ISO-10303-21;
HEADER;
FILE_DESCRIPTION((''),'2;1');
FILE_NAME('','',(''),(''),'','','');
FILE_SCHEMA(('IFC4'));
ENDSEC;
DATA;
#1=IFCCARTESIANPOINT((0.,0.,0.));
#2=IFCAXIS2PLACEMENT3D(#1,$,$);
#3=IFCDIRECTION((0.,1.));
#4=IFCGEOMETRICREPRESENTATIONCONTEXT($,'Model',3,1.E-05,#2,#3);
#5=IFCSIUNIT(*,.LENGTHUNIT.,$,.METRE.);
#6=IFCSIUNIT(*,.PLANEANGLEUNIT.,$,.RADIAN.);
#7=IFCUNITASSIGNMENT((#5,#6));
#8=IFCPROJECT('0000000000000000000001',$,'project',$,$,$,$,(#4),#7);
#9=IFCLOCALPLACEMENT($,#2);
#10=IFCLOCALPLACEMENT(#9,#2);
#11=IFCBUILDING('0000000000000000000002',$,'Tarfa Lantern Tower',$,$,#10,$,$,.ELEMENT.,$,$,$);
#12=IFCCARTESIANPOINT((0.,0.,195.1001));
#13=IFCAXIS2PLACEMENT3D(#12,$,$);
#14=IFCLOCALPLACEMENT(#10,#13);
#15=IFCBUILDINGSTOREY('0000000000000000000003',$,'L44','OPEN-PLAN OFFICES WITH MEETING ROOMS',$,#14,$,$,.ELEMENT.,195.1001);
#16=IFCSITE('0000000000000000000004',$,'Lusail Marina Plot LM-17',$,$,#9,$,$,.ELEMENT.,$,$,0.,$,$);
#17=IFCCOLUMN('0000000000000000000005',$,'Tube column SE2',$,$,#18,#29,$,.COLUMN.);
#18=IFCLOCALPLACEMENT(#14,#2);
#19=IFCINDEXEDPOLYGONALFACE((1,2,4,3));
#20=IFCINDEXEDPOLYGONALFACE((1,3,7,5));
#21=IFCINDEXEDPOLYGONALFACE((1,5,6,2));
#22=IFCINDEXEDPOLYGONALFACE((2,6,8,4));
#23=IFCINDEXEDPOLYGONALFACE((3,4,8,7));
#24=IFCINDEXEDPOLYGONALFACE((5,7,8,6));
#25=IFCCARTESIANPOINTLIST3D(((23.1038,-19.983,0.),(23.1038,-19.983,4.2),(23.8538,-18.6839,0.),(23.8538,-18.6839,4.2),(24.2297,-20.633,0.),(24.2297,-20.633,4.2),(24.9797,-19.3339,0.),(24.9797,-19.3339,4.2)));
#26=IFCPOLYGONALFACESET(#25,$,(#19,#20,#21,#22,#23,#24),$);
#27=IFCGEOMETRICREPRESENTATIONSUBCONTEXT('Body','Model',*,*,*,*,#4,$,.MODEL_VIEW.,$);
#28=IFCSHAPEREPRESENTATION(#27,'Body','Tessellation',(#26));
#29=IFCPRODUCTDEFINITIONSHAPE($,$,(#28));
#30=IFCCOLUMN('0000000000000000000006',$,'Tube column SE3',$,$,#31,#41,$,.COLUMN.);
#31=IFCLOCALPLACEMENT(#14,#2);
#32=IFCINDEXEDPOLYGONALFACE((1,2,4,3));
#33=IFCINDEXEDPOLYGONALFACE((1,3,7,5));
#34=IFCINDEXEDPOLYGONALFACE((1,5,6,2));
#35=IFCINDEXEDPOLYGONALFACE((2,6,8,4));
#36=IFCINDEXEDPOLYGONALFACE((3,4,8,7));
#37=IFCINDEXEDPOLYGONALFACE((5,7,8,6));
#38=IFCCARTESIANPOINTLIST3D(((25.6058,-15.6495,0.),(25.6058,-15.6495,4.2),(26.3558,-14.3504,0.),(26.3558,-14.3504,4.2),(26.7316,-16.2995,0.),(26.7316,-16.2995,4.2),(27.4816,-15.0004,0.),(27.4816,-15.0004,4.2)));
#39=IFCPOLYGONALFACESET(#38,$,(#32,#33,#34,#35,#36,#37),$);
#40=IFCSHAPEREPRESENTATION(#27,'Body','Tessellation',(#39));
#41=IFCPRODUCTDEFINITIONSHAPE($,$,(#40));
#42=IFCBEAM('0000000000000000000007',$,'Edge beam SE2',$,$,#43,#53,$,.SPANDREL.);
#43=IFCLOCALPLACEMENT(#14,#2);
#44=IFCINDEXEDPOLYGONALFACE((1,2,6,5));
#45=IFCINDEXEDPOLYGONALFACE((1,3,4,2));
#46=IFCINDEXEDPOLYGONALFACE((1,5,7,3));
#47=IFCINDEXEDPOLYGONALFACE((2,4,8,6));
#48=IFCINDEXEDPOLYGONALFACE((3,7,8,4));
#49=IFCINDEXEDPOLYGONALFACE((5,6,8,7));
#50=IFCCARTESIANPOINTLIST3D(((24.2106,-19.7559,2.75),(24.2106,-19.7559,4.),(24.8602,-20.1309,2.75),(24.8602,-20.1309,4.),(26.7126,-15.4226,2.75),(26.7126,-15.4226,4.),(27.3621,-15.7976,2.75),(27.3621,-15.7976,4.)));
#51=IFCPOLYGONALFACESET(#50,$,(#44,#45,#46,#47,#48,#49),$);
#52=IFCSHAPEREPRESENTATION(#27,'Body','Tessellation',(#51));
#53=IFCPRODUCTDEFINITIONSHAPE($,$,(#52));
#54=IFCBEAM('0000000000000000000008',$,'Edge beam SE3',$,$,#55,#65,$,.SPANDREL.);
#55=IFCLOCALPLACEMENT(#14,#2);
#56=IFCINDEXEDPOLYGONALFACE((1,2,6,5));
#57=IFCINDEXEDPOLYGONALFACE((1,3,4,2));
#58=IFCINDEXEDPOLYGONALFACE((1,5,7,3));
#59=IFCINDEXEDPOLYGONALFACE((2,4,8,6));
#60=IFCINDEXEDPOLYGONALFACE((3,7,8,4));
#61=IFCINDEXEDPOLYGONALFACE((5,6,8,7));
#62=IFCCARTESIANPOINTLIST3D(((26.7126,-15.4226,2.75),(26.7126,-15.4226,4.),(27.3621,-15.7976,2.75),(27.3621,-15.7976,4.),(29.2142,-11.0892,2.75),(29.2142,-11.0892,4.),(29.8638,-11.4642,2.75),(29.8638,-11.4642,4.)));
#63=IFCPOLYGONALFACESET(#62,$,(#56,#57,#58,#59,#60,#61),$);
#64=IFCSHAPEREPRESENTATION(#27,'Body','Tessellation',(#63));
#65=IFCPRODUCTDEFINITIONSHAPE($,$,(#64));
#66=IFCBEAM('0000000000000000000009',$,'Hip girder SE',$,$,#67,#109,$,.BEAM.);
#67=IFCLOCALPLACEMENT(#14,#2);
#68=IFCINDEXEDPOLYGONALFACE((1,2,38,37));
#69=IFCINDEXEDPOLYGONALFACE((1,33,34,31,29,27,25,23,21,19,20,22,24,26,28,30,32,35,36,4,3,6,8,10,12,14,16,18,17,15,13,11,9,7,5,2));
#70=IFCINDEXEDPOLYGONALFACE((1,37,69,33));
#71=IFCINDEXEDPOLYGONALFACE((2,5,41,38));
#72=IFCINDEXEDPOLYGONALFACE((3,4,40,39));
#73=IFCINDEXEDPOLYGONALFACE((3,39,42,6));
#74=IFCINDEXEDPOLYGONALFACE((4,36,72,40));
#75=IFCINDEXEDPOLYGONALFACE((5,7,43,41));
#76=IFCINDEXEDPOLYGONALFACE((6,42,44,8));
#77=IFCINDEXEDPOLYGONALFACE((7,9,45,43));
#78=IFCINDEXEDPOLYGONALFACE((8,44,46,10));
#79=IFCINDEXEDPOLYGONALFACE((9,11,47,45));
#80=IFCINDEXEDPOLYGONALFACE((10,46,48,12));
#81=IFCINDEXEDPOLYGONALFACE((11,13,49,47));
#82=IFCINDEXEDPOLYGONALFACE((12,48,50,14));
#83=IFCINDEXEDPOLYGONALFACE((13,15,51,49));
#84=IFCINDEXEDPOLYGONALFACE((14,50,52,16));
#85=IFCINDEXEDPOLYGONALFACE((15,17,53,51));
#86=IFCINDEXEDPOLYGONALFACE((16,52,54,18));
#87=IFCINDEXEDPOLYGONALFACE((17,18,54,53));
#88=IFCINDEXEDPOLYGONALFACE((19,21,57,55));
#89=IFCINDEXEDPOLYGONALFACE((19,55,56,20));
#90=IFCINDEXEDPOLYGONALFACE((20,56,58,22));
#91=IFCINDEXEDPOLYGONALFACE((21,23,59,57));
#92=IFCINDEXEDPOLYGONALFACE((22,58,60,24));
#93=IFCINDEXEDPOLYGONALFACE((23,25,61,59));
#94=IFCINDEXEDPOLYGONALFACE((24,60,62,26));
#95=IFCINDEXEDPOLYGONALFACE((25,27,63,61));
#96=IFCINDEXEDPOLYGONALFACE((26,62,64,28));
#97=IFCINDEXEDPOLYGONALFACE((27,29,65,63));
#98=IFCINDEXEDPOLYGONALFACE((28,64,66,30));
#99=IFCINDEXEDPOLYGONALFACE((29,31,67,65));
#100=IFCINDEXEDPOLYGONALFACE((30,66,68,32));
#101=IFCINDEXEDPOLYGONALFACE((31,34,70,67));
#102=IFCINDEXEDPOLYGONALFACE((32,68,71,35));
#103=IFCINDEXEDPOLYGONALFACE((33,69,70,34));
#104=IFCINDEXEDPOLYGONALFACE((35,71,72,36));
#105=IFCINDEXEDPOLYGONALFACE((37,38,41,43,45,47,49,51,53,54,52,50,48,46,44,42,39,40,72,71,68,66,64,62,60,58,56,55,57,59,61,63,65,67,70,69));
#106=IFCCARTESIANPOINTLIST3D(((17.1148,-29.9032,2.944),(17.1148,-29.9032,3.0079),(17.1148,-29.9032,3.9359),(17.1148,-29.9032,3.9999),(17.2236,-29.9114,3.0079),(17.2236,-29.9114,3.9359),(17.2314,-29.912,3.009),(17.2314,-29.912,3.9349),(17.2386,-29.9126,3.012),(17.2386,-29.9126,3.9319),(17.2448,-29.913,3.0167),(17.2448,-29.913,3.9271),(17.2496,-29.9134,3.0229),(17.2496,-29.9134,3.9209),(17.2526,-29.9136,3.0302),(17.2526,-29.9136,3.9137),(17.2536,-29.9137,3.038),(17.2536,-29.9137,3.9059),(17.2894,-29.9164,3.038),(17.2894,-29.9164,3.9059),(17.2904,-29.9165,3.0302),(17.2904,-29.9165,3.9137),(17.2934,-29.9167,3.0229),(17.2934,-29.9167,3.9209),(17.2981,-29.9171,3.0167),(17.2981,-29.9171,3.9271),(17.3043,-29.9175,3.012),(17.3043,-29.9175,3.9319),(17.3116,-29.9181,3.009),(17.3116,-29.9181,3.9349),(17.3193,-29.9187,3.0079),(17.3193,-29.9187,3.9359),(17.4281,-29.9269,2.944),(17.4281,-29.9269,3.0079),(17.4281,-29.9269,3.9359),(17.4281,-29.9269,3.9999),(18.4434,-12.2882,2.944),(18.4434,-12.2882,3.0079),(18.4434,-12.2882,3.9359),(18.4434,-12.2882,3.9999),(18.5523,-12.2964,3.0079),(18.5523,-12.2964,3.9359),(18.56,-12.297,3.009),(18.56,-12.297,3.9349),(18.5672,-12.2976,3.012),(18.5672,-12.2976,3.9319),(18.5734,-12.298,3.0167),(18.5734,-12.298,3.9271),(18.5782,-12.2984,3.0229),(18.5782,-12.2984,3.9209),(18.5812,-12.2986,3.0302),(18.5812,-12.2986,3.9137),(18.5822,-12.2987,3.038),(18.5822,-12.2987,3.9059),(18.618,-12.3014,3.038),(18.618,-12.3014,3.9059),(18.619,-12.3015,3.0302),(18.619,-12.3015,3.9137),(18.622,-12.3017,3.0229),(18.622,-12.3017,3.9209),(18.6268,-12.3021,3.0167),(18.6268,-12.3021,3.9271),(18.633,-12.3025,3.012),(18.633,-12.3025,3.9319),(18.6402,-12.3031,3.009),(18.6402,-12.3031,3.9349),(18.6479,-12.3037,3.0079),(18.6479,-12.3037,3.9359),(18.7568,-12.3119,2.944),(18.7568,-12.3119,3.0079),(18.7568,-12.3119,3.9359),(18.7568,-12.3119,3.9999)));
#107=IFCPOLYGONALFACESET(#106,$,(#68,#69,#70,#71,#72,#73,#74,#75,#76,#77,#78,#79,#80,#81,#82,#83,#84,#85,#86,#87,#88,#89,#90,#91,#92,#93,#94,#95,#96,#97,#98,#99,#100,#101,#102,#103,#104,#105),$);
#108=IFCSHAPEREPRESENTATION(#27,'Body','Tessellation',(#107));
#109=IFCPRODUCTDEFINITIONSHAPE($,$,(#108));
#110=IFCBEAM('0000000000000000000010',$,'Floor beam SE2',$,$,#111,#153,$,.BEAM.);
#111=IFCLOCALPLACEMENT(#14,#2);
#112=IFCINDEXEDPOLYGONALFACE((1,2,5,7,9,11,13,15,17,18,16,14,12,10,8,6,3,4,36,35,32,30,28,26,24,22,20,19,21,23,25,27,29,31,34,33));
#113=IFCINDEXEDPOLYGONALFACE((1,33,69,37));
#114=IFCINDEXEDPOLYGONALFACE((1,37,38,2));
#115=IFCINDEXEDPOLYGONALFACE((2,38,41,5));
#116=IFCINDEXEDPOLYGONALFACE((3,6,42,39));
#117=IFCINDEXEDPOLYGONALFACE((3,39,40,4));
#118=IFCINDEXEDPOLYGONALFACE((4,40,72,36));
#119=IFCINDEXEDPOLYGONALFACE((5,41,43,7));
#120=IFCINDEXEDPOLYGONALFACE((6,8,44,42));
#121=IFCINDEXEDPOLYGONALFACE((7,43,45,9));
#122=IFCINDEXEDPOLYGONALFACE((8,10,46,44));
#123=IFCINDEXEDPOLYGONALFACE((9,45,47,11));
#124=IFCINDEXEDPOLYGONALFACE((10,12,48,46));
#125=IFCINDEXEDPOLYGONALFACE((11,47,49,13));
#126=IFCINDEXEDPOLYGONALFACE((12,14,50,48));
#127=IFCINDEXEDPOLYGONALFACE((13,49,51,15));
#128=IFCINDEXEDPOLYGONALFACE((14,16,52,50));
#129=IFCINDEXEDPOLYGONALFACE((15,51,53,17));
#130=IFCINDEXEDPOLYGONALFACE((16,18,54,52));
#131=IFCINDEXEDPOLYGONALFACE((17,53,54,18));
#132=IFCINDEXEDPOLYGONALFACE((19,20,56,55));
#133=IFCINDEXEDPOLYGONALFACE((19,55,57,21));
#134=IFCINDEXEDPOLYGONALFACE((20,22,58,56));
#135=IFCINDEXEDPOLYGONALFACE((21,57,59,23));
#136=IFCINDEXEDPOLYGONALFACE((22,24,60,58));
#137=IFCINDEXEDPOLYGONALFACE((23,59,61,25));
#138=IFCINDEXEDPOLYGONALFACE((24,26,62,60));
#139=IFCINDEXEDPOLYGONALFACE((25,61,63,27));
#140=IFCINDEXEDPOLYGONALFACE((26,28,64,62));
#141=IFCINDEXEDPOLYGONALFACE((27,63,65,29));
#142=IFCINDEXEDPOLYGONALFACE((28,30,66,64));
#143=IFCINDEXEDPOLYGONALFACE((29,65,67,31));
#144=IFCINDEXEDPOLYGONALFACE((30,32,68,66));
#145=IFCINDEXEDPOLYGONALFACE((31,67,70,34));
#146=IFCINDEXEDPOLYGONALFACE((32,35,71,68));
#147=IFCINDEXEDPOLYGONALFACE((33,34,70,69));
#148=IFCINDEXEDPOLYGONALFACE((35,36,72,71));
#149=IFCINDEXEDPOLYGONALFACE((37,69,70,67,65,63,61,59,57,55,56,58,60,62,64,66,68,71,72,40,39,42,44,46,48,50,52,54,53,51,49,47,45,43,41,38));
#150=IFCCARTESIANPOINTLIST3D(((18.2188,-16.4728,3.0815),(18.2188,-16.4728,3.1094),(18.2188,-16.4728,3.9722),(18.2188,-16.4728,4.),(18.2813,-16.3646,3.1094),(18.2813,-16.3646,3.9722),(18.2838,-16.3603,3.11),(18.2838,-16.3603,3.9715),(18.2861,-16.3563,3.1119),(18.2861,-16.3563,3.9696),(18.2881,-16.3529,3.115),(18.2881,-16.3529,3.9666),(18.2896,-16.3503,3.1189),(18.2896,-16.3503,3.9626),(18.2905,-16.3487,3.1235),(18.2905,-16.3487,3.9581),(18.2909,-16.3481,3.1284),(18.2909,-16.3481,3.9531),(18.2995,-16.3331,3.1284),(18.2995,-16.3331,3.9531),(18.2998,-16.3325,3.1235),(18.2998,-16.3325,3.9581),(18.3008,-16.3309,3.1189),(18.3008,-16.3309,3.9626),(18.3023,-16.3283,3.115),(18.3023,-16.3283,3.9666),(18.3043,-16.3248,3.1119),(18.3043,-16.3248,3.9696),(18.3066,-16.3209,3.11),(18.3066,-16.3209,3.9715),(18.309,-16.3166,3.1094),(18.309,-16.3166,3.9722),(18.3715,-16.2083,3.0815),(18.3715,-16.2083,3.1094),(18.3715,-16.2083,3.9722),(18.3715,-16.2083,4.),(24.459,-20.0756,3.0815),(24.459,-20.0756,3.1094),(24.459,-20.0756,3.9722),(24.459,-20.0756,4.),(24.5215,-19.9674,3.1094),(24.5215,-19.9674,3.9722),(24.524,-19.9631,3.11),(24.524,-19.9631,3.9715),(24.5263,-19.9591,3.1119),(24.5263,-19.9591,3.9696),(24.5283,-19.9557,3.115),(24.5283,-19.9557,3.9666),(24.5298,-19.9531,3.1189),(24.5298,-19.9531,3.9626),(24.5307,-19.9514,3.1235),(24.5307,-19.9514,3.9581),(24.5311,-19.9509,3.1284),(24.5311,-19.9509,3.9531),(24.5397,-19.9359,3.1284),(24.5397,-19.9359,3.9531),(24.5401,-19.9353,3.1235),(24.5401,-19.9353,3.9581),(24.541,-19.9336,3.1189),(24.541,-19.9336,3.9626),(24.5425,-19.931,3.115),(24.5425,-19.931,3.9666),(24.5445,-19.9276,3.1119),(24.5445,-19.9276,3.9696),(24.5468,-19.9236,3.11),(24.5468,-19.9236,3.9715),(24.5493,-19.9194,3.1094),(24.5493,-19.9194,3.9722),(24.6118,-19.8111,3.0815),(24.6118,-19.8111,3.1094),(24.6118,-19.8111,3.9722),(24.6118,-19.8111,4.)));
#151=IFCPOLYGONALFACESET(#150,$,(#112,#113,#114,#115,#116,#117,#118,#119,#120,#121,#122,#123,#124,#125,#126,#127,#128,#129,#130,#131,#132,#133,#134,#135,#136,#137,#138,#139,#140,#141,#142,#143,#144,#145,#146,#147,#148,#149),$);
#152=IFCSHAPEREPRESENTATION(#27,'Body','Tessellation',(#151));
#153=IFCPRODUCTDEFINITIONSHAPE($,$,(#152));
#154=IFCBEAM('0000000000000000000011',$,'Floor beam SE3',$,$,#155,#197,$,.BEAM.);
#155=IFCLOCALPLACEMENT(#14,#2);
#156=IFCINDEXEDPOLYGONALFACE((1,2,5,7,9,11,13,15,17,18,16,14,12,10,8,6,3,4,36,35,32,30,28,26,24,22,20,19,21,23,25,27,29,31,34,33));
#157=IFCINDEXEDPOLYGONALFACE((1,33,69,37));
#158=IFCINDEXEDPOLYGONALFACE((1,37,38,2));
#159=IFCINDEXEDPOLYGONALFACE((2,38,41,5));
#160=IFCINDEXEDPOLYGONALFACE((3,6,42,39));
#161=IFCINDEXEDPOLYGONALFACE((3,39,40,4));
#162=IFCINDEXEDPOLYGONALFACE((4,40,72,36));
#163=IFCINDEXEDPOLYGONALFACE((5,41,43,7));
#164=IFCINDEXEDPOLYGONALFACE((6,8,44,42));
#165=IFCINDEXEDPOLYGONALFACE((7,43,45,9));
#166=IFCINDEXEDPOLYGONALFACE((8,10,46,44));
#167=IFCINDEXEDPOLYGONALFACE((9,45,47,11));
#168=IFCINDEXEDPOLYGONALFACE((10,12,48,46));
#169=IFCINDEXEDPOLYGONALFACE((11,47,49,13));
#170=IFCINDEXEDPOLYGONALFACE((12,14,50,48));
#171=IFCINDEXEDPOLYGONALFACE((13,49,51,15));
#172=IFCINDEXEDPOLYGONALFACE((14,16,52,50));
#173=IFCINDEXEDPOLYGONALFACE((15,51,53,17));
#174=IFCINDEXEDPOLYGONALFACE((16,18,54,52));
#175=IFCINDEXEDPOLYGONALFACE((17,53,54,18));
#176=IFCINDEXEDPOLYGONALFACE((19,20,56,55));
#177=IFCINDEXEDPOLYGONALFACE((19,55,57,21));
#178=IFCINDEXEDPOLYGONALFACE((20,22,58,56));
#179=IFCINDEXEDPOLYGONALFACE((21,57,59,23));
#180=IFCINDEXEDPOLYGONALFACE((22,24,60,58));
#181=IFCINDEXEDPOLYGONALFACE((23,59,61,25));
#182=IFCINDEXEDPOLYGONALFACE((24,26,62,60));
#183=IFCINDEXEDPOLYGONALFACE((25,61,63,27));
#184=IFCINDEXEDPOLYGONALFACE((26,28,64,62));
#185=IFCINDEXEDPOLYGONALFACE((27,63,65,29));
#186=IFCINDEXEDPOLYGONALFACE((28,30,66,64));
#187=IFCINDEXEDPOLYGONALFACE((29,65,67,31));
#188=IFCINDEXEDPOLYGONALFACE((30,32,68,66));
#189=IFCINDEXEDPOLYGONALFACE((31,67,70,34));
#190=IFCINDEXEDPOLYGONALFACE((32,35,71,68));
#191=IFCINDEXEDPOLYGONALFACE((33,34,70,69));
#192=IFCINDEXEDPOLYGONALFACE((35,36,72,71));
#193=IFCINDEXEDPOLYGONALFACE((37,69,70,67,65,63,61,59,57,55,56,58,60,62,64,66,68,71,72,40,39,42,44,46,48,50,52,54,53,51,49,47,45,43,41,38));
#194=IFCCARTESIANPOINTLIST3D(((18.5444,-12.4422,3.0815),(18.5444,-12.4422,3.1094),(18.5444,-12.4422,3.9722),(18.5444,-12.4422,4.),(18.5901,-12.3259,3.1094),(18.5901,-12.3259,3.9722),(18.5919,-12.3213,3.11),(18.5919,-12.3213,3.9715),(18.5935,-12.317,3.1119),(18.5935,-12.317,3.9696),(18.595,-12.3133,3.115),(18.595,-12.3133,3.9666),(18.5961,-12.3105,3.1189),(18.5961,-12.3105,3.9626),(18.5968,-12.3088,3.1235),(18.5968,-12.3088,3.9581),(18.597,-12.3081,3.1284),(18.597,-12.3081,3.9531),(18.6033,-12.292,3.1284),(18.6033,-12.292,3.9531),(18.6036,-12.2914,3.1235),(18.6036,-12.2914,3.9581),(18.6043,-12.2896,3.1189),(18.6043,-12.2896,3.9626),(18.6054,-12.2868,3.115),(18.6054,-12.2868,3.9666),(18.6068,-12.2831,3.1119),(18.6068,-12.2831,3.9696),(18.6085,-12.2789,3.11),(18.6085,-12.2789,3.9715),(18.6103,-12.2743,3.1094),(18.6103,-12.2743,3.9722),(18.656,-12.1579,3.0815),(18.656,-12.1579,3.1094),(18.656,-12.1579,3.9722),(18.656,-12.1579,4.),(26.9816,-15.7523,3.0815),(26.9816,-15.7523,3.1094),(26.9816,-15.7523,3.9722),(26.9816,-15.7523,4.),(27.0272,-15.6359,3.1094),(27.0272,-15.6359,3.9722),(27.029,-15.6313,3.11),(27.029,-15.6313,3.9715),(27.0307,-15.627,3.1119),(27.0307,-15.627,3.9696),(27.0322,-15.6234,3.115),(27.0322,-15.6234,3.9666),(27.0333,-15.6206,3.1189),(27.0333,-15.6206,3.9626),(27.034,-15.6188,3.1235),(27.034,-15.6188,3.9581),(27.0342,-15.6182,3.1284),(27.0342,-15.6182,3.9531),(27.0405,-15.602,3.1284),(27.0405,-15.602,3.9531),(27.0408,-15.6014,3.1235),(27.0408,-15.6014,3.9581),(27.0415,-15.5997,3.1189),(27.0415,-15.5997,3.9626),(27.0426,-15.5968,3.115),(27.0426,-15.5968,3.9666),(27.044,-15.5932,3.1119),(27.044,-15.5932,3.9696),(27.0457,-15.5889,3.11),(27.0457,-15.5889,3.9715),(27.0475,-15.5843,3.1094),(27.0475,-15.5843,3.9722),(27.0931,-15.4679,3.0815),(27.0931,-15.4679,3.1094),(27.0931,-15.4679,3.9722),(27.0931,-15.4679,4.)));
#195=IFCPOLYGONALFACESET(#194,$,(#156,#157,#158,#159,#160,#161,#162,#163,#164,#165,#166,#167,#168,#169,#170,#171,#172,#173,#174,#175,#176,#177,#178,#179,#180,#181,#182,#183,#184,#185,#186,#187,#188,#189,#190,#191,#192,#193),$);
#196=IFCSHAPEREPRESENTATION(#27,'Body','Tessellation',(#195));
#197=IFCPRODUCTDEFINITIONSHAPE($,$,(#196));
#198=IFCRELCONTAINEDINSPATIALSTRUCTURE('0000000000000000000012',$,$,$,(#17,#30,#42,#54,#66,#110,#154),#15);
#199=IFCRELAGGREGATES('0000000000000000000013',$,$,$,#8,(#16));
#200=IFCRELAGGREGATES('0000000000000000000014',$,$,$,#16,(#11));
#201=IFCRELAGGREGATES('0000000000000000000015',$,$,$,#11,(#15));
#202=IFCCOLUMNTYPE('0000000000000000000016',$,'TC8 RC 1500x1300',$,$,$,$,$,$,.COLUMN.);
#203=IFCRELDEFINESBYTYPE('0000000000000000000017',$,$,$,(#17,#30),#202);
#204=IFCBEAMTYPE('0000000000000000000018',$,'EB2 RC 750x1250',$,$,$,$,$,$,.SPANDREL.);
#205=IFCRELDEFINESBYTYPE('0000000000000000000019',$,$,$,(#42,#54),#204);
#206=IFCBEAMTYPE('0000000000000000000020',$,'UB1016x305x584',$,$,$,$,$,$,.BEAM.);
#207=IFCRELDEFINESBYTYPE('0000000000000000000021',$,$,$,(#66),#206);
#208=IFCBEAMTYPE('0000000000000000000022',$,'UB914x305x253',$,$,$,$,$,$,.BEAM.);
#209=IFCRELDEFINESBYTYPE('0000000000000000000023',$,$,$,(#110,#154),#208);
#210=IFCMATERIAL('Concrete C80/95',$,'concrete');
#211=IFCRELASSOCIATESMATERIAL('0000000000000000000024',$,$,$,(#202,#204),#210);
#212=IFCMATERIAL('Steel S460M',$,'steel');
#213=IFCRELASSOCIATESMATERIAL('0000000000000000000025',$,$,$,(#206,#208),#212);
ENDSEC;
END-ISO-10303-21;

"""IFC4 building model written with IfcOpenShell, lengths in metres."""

from ifc_helpers import new_model, si_unit, direction, frame, origin, origin_2d, place, context, subcontext, project, spatial, rectangle, i_section, extrude, material, material_profile, profile_set, type_object, element, save


model = new_model("IFC4")

# Units and contexts
model_context = context("Model", 3, precision=1e-05, world=origin(), true_north=direction((0.0, 1.0)))
body_context = subcontext(model_context, "Body", "Model", "MODEL_VIEW")
ifc_project = project(units=[si_unit("LENGTHUNIT", "METRE"), si_unit("PLANEANGLEUNIT", "RADIAN")], contexts=[model_context])

# Site, building, storey
site_placement = place(None, origin())
site = spatial("IfcSite", under=ifc_project, at=site_placement, Name="Lusail Marina Plot LM-17", CompositionType="ELEMENT", RefElevation=0.0)
building_placement = place(site_placement, origin())
building = spatial("IfcBuilding", under=site, at=building_placement, Name="Tarfa Lantern Tower", CompositionType="ELEMENT")
storey_placement = place(building_placement, frame((0.0, 0.0, 195.1001)))
storey = spatial("IfcBuildingStorey", under=building, at=storey_placement, Name="L44", Description="OPEN-PLAN OFFICES WITH MEETING ROOMS", CompositionType="ELEMENT", Elevation=195.1001)

# Columns
ifc_material_1 = material(Name="Concrete C80/95", Category="concrete")
ifc_material_profile_1 = material_profile(ifc_material_1, rectangle(XDim=1.5, YDim=1.3, at=origin_2d()), Name="RC 1500x1300")
ifc_profile_set_1 = profile_set([ifc_material_profile_1], Name="Concrete C80/95")
column_type = type_object("IfcColumnType", Name="TC8 RC 1500x1300", PredefinedType="COLUMN", material=ifc_profile_set_1)
for number, where, z_axis, x_axis, name in (
    (1, (24.0417, -19.6584, 0.0), (0.0, 0.0, 1.0), (0.5, 0.866025, 0.0), "Tube column SE2"),
    (2, (26.5437, -15.325, 0.0), (0.0, 0.0, 1.0), (0.5, 0.866025, 0.0), "Tube column SE3"),
):
    element("IfcColumn", number, at=place(storey_placement, frame(where, z_axis=z_axis, x_axis=x_axis)), inside=storey, type_object=column_type, Name=name, PredefinedType="COLUMN", context=body_context, shape_type="SweptSolid", body=[
        extrude(rectangle(XDim=1.5, YDim=1.3, at=origin_2d()), origin(), (0.0, 0.0, 1.0), 4.2),
    ])

# Beams
ifc_material_profile_2 = material_profile(ifc_material_1, rectangle(XDim=0.75, YDim=1.25, at=origin_2d()), Name="RC 750x1250")
ifc_profile_set_2 = profile_set([ifc_material_profile_2], Name="Concrete C80/95")
beam_type_1 = type_object("IfcBeamType", Name="EB2 RC 750x1250", PredefinedType="SPANDREL", material=ifc_profile_set_2)
for number, where, z_axis, x_axis, name in (
    (3, (24.5354, -19.9434, 3.375), (0.500022, 0.866013, 0.0), (-0.866013, 0.500022, 0.0), "Edge beam SE2"),
    (4, (27.0374, -15.6101, 3.375), (0.499965, 0.866046, 0.0), (-0.866046, 0.499965, 0.0), "Edge beam SE3"),
):
    element("IfcBeam", number, at=place(storey_placement, frame(where, z_axis=z_axis, x_axis=x_axis)), inside=storey, type_object=beam_type_1, Name=name, PredefinedType="SPANDREL", context=body_context, shape_type="SweptSolid", body=[
        extrude(rectangle(XDim=0.75, YDim=1.25, at=origin_2d()), origin(), (0.0, 0.0, 1.0), 5.0037),
    ])
ifc_material_2 = material(Name="Steel S460M", Category="steel")
ifc_material_profile_3 = material_profile(ifc_material_2, i_section(OverallWidth=0.3142, OverallDepth=1.0559, WebThickness=0.0359, FlangeThickness=0.064, FilletRadius=0.03, at=origin_2d()), Name="UB1016x305x584")
ifc_profile_set_3 = profile_set([ifc_material_profile_3], Name="Steel S460M")
beam_type_2 = type_object("IfcBeamType", Name="UB1016x305x584", PredefinedType="BEAM", material=ifc_profile_set_3)
beam_1_placement = place(storey_placement, frame((18.6001, -12.3, 3.4719), z_axis=(-0.075212, -0.997168, 0.0), x_axis=(0.997168, -0.075212, 0.0)))
element("IfcBeam", 5, at=beam_1_placement, inside=storey, type_object=beam_type_2, Name="Hip girder SE", PredefinedType="BEAM", context=body_context, shape_type="SweptSolid", body=[
    extrude(i_section(OverallWidth=0.3142, OverallDepth=1.0559, WebThickness=0.0359, FlangeThickness=0.064, FilletRadius=0.03, at=origin_2d()), origin(), (0.0, 0.0, 1.0), 17.665),
])
ifc_material_profile_4 = material_profile(ifc_material_2, i_section(OverallWidth=0.3054, OverallDepth=0.9185, WebThickness=0.0173, FlangeThickness=0.0278, FilletRadius=0.019, at=origin_2d()), Name="UB914x305x253")
ifc_profile_set_4 = profile_set([ifc_material_profile_4], Name="Steel S460M")
beam_type_3 = type_object("IfcBeamType", Name="UB914x305x253", PredefinedType="BEAM", material=ifc_profile_set_4)
beam_2_placement = place(storey_placement, frame((24.5354, -19.9434, 3.5408), z_axis=(-0.866026, 0.499998, 0.0), x_axis=(-0.499998, -0.866026, 0.0)))
element("IfcBeam", 6, at=beam_2_placement, inside=storey, type_object=beam_type_3, Name="Floor beam SE2", PredefinedType="BEAM", context=body_context, shape_type="SweptSolid", body=[
    extrude(i_section(OverallWidth=0.3054, OverallDepth=0.9185, WebThickness=0.0173, FlangeThickness=0.0278, FilletRadius=0.019, at=origin_2d()), origin(), (0.0, 0.0, 1.0), 7.2056),
])
beam_3_placement = place(storey_placement, frame((27.0374, -15.6101, 3.5408), z_axis=(-0.930923, 0.365215, 0.0), x_axis=(-0.365215, -0.930923, 0.0)))
element("IfcBeam", 7, at=beam_3_placement, inside=storey, type_object=beam_type_3, Name="Floor beam SE3", PredefinedType="BEAM", context=body_context, shape_type="SweptSolid", body=[
    extrude(i_section(OverallWidth=0.3054, OverallDepth=0.9185, WebThickness=0.0173, FlangeThickness=0.0278, FilletRadius=0.019, at=origin_2d()), origin(), (0.0, 0.0, 1.0), 9.0632),
])

save(model, "model.ifc")
